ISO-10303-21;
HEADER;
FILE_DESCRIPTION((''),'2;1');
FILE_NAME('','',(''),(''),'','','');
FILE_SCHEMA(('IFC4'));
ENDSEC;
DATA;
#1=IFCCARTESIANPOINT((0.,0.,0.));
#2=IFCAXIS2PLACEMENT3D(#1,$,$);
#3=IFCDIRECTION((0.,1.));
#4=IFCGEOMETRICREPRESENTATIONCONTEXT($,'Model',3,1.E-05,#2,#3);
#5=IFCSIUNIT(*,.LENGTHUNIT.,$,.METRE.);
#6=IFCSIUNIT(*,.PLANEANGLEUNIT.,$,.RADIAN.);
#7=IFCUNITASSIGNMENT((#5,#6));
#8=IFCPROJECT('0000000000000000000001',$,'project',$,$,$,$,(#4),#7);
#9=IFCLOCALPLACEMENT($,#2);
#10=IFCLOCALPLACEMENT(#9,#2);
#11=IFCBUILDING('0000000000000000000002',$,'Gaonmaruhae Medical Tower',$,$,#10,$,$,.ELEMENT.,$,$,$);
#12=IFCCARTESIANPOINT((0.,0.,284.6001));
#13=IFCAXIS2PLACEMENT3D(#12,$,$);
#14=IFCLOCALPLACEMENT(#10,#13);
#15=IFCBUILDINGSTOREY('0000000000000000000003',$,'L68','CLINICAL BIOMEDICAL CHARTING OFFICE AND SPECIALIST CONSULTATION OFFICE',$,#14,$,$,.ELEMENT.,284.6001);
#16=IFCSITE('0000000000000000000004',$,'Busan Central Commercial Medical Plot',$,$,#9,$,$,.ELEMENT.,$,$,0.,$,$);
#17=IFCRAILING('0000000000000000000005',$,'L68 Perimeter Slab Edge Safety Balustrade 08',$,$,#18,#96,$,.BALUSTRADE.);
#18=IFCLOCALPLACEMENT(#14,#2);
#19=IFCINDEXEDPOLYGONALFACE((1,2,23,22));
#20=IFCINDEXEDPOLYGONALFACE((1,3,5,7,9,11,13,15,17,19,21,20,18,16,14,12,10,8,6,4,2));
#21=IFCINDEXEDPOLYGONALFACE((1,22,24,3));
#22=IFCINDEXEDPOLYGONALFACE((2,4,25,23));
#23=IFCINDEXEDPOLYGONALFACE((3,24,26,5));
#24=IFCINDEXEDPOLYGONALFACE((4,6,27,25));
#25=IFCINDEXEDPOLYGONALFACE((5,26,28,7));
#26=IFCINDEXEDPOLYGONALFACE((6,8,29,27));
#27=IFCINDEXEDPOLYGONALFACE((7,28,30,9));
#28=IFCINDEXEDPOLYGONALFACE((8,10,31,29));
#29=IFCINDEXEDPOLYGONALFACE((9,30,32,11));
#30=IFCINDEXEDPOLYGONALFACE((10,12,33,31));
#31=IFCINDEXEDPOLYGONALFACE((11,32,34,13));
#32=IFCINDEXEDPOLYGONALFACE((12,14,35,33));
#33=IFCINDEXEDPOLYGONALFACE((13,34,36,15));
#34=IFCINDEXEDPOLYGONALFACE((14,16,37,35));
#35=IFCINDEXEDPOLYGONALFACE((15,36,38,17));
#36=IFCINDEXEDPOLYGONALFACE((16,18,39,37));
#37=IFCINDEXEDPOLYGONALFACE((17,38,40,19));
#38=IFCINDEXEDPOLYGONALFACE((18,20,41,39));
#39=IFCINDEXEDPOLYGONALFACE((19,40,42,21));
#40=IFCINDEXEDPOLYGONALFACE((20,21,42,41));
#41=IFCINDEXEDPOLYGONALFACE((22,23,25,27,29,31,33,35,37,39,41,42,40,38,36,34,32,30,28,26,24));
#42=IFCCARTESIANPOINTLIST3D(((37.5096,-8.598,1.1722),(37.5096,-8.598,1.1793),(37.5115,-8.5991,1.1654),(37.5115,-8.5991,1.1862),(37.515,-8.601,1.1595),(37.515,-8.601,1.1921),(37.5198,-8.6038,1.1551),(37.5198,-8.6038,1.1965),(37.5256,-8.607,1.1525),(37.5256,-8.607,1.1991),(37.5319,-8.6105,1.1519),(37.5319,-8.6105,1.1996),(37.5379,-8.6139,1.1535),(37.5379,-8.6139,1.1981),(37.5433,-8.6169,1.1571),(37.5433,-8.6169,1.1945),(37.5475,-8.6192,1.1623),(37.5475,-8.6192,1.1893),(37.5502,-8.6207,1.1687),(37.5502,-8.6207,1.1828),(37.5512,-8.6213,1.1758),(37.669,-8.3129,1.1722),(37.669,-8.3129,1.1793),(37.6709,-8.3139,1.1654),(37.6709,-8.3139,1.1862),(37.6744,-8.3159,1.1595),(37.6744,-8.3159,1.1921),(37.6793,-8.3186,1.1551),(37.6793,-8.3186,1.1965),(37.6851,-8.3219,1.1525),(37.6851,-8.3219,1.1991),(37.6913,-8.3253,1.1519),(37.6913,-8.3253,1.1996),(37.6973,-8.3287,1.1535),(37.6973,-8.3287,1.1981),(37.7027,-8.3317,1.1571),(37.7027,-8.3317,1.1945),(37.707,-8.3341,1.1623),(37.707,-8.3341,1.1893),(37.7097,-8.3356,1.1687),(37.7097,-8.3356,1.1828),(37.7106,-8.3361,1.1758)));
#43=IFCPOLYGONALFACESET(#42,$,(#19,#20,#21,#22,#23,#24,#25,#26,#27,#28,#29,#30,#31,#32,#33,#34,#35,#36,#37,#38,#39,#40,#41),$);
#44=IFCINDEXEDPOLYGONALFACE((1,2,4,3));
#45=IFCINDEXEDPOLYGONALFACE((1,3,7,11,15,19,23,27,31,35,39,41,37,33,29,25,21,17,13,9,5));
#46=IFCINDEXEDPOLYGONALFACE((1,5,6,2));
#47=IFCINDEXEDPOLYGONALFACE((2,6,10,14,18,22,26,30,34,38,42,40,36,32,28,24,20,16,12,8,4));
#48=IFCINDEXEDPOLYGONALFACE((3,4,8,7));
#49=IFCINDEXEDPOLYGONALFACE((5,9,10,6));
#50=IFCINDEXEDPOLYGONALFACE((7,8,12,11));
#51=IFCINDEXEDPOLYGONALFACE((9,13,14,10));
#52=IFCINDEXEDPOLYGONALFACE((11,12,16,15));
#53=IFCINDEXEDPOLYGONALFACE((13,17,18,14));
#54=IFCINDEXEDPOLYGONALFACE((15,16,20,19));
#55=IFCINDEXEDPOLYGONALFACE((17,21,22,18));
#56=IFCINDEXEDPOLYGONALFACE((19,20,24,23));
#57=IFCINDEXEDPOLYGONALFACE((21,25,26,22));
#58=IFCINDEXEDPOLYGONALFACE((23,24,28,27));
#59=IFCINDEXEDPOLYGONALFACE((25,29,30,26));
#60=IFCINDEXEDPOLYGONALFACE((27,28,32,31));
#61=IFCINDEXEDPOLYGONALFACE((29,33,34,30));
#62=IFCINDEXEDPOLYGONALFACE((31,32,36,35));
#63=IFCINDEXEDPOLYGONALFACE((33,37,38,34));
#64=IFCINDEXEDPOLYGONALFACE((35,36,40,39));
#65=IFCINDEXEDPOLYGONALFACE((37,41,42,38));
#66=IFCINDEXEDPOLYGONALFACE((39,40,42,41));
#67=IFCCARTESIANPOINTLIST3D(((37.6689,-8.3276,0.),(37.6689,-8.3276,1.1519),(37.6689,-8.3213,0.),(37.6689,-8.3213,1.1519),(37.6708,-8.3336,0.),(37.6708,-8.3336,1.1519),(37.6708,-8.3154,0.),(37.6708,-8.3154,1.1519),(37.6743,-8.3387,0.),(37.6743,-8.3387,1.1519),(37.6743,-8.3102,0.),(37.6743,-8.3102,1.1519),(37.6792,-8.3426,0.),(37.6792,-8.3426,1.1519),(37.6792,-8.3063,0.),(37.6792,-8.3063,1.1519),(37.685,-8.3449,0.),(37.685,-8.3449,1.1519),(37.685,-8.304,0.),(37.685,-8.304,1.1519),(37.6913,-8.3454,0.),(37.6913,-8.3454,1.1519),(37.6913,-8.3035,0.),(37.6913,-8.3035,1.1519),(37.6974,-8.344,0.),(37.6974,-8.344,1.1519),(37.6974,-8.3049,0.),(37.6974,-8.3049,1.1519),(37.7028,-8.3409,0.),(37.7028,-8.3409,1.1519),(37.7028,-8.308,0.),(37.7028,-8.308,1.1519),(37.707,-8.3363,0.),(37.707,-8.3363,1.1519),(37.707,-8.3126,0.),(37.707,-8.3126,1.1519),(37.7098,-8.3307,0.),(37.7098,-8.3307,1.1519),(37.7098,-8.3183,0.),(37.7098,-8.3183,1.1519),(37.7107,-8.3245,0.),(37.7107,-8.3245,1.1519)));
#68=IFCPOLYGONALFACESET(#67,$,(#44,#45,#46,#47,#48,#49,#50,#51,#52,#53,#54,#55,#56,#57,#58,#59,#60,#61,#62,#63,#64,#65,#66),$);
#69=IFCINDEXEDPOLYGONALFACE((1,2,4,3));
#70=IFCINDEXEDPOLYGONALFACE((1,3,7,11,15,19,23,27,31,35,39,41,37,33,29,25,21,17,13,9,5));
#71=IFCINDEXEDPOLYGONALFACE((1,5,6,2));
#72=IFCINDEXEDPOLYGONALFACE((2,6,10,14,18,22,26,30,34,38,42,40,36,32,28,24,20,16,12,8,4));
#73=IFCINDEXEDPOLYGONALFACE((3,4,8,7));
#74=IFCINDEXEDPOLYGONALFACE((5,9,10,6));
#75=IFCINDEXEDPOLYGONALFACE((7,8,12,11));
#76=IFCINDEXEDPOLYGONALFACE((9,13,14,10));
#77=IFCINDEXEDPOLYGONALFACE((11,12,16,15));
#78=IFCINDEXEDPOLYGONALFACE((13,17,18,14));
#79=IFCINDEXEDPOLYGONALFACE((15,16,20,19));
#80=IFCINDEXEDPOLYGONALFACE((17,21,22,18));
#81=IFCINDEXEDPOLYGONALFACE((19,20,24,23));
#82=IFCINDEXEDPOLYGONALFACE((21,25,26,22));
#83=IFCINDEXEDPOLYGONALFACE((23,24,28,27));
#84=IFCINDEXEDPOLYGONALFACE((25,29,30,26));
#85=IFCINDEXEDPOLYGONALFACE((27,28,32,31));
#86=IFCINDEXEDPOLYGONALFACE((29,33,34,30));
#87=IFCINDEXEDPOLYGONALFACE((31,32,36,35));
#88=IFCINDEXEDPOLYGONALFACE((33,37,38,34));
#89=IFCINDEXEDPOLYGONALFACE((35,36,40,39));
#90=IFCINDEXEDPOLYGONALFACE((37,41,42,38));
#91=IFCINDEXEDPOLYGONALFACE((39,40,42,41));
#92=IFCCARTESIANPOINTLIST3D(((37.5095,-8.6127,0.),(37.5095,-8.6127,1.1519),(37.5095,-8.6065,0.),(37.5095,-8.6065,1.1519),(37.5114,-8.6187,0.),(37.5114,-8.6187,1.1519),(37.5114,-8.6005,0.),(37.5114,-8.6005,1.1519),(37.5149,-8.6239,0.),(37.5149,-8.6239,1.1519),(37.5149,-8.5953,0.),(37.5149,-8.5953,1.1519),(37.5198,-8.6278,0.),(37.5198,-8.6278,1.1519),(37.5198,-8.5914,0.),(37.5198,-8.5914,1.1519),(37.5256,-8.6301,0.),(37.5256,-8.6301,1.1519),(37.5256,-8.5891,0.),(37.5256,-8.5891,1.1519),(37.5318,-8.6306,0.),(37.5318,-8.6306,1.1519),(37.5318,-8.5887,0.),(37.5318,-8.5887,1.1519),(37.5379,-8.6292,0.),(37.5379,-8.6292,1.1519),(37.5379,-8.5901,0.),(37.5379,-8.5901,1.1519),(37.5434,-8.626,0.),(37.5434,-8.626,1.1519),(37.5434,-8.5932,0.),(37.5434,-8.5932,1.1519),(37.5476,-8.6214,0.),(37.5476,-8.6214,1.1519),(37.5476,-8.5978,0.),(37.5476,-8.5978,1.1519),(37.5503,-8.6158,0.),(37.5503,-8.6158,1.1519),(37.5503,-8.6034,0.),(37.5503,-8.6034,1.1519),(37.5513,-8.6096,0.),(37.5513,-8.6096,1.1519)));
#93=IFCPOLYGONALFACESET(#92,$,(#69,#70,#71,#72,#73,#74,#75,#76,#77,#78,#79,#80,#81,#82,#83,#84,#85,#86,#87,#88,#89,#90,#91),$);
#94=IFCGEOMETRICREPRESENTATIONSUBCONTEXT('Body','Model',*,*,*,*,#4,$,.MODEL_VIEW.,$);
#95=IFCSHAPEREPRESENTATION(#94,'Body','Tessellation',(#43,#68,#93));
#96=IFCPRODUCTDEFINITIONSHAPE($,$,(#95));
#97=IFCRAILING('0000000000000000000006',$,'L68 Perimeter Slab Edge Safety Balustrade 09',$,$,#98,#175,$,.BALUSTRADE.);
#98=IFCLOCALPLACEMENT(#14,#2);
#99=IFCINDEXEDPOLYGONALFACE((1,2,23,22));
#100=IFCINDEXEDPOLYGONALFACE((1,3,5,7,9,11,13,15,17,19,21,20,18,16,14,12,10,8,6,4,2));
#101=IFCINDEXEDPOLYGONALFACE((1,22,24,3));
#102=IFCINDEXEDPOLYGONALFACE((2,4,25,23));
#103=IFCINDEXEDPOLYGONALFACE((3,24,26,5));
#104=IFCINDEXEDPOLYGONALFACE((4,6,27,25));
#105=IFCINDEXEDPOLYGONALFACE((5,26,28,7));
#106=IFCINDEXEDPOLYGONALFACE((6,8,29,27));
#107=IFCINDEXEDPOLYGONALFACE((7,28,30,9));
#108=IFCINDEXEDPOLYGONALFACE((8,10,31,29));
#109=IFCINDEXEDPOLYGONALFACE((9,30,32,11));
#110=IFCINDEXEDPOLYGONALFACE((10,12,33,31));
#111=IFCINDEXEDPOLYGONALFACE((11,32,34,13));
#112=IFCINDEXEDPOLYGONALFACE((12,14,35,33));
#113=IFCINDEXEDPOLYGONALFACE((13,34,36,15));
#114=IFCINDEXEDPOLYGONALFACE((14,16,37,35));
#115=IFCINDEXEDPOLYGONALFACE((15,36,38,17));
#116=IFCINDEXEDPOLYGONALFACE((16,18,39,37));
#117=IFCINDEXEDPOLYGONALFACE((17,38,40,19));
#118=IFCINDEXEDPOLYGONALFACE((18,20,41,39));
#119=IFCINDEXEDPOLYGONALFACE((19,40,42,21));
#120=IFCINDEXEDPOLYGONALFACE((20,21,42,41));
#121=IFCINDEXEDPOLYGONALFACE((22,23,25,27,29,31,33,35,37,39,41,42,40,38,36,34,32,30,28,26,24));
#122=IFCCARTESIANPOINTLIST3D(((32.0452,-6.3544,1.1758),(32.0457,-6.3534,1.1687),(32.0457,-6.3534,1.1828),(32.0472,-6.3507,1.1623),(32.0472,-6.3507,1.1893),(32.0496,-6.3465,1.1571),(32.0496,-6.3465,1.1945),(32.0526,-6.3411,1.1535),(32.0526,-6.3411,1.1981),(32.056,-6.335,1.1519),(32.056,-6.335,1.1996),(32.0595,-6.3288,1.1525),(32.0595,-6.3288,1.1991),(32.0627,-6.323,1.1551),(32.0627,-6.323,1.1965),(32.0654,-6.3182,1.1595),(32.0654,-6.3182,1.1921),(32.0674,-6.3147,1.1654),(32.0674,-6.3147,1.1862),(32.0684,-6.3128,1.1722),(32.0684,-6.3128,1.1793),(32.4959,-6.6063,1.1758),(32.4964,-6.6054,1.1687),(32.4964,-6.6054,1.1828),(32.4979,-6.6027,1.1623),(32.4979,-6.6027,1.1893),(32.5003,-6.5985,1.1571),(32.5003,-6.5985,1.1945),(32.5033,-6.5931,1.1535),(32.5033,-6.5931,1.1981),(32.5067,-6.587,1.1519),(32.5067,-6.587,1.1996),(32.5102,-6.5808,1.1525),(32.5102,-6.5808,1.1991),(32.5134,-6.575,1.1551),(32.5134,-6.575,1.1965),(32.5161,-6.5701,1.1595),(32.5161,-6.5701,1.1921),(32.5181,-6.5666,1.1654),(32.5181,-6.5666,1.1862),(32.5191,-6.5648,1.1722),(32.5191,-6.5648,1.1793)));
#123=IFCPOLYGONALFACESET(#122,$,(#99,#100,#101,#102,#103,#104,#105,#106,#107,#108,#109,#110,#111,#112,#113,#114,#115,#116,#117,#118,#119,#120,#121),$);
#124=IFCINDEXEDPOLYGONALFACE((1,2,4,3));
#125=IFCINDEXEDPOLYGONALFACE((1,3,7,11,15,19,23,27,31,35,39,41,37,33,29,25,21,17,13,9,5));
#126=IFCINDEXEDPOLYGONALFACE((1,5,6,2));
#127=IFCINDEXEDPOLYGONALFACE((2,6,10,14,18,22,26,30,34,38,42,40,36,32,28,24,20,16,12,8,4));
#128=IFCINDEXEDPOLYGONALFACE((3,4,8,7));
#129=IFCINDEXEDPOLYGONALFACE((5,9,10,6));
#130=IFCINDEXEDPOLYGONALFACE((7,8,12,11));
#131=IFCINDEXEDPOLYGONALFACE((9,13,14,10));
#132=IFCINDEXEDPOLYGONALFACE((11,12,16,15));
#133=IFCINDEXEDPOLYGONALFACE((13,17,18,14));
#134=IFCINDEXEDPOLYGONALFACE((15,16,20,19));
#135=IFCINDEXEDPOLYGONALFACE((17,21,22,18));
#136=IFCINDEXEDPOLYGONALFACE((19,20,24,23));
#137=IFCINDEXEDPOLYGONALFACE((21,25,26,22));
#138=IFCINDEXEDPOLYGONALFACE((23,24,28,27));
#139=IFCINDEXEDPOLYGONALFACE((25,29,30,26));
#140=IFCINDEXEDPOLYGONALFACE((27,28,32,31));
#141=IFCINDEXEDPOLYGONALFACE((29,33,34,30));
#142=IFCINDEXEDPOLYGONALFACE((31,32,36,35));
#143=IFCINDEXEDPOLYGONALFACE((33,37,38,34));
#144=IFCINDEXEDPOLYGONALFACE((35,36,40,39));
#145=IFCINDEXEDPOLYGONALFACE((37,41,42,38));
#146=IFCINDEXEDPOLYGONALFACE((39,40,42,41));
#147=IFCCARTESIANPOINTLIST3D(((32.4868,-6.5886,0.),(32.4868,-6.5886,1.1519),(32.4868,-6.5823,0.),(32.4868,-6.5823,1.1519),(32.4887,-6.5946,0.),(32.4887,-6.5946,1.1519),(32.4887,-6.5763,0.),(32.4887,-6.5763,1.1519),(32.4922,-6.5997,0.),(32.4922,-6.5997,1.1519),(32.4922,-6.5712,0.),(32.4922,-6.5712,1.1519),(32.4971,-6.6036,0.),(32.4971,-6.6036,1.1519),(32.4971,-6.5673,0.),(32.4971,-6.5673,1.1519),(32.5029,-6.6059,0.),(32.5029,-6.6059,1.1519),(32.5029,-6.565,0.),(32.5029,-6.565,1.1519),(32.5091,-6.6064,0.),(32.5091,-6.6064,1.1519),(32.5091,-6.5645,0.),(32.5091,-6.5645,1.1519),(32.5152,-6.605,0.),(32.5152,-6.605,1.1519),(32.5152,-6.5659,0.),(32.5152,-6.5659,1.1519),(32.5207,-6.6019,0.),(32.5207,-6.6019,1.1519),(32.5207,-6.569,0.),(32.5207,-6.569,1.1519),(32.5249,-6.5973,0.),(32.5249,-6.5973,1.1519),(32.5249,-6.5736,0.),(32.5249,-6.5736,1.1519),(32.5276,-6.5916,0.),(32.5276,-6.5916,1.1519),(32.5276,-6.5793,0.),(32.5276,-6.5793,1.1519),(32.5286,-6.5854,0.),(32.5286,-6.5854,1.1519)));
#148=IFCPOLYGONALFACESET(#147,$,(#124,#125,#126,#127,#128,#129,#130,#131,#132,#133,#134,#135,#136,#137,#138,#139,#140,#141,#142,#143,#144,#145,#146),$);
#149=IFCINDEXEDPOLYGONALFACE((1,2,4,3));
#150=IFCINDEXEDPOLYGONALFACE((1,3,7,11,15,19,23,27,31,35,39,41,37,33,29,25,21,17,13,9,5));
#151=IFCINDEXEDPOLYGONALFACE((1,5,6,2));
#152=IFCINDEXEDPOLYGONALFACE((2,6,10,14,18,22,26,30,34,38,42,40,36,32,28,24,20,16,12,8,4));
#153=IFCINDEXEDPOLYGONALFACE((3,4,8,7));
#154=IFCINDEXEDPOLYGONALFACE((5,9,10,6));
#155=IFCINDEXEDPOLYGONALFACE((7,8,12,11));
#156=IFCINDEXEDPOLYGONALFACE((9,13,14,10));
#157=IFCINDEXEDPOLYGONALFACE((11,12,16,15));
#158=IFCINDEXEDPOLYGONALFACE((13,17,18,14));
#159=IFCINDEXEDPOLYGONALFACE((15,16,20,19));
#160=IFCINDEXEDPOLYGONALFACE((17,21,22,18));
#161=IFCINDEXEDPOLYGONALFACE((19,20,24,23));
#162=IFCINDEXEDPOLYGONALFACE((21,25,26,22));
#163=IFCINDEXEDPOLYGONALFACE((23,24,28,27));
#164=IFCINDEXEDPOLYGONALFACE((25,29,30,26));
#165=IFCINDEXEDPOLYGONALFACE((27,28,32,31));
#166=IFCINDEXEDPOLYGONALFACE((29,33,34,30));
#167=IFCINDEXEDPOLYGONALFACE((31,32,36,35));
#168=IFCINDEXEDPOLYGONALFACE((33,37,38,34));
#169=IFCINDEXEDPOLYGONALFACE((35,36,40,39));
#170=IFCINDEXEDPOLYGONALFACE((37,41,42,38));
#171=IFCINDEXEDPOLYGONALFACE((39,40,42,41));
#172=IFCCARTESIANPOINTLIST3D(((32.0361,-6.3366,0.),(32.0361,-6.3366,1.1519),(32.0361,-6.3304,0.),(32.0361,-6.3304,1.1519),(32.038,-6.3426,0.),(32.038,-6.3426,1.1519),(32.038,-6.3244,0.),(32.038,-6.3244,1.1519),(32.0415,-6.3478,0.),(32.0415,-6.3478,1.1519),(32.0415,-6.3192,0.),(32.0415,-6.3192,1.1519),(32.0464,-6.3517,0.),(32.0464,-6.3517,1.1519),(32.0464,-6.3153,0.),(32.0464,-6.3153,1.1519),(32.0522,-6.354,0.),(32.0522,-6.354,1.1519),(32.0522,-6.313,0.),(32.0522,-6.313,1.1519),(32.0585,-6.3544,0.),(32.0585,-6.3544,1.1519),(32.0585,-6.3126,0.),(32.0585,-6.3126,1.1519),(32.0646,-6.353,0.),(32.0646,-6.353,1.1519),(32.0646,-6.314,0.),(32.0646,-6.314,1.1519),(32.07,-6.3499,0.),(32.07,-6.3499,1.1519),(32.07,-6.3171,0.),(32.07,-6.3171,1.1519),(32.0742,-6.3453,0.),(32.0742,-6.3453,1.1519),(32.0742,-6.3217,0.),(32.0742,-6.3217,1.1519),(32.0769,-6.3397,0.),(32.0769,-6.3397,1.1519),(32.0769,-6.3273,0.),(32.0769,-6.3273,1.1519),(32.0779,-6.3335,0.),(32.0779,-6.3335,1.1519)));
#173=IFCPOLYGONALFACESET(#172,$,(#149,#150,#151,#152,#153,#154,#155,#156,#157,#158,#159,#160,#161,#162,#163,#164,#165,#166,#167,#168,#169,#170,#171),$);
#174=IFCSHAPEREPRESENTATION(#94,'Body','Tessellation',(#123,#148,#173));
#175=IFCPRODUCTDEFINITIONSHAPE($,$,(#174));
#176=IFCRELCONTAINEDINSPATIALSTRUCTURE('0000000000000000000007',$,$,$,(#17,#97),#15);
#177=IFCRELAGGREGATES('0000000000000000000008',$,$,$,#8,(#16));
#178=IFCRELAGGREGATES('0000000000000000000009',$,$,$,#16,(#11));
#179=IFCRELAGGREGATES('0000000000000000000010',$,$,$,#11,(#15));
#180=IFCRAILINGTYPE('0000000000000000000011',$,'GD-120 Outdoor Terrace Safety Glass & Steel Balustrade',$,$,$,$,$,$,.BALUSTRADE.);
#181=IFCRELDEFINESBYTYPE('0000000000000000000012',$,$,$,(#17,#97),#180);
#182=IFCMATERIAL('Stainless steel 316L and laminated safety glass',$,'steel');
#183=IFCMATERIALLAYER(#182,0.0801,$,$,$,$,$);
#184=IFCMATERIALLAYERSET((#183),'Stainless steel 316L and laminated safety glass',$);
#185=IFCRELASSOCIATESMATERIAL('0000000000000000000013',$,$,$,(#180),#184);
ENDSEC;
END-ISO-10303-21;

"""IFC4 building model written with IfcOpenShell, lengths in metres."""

from ifc_helpers import new_model, si_unit, direction, frame, origin, origin_2d, place, context, subcontext, project, spatial, circle, extrude, material, layer, layer_set, type_object, element, save


model = new_model("IFC4")

# Units and contexts
model_context = context("Model", 3, precision=1e-05, world=origin(), true_north=direction((0.0, 1.0)))
body_context = subcontext(model_context, "Body", "Model", "MODEL_VIEW")
ifc_project = project(units=[si_unit("LENGTHUNIT", "METRE"), si_unit("PLANEANGLEUNIT", "RADIAN")], contexts=[model_context])

# Site, building, storey
site_placement = place(None, origin())
site = spatial("IfcSite", under=ifc_project, at=site_placement, Name="Busan Central Commercial Medical Plot", CompositionType="ELEMENT", RefElevation=0.0)
building_placement = place(site_placement, origin())
building = spatial("IfcBuilding", under=site, at=building_placement, Name="Gaonmaruhae Medical Tower", CompositionType="ELEMENT")
storey_placement = place(building_placement, frame((0.0, 0.0, 284.6001)))
storey = spatial("IfcBuildingStorey", under=building, at=storey_placement, Name="L68", Description="CLINICAL BIOMEDICAL CHARTING OFFICE AND SPECIALIST CONSULTATION OFFICE", CompositionType="ELEMENT", Elevation=284.6001)

# Railings
ifc_material_1 = material(Name="Stainless steel 316L and laminated safety glass", Category="steel")
ifc_layer_1 = layer(ifc_material_1, 0.0801)
ifc_layer_set_1 = layer_set([ifc_layer_1], Name="Stainless steel 316L and laminated safety glass")
railing_type = type_object("IfcRailingType", Name="GD-120 Outdoor Terrace Safety Glass & Steel Balustrade", PredefinedType="BALUSTRADE", material=ifc_layer_set_1)
railing_1_placement = place(storey_placement, frame((37.6897, -8.3245, 0.0)))
element("IfcRailing", 1, at=railing_1_placement, inside=storey, type_object=railing_type, Name="L68 Perimeter Slab Edge Safety Balustrade 08", PredefinedType="BALUSTRADE", context=body_context, shape_type="SweptSolid", body=[
    extrude(circle(Radius=0.0239, at=origin_2d()), frame((0.0, 0.0, 1.1758), z_axis=(-0.487989, -0.87285, 0.0), x_axis=(0.87285, -0.487989, 0.0)), (0.0, 0.0, 1.0), 0.3267),
    extrude(circle(Radius=0.021, at=origin_2d()), origin(), (0.0, 0.0, 1.0), 1.1519),
    extrude(circle(Radius=0.021, at=origin_2d()), frame((-0.1594, -0.2852, 0.0)), (0.0, 0.0, 1.0), 1.1519),
])
railing_2_placement = place(storey_placement, frame((32.5076, -6.5854, 0.0)))
element("IfcRailing", 2, at=railing_2_placement, inside=storey, type_object=railing_type, Name="L68 Perimeter Slab Edge Safety Balustrade 09", PredefinedType="BALUSTRADE", context=body_context, shape_type="SweptSolid", body=[
    extrude(circle(Radius=0.0239, at=origin_2d()), frame((0.0, 0.0, 1.1758), z_axis=(-0.872861, 0.48797, 0.0), x_axis=(-0.48797, -0.872861, 0.0)), (0.0, 0.0, 1.0), 0.5164),
    extrude(circle(Radius=0.021, at=origin_2d()), origin(), (0.0, 0.0, 1.0), 1.1519),
    extrude(circle(Radius=0.021, at=origin_2d()), frame((-0.4507, 0.252, 0.0)), (0.0, 0.0, 1.0), 1.1519),
])

save(model, "model.ifc")
